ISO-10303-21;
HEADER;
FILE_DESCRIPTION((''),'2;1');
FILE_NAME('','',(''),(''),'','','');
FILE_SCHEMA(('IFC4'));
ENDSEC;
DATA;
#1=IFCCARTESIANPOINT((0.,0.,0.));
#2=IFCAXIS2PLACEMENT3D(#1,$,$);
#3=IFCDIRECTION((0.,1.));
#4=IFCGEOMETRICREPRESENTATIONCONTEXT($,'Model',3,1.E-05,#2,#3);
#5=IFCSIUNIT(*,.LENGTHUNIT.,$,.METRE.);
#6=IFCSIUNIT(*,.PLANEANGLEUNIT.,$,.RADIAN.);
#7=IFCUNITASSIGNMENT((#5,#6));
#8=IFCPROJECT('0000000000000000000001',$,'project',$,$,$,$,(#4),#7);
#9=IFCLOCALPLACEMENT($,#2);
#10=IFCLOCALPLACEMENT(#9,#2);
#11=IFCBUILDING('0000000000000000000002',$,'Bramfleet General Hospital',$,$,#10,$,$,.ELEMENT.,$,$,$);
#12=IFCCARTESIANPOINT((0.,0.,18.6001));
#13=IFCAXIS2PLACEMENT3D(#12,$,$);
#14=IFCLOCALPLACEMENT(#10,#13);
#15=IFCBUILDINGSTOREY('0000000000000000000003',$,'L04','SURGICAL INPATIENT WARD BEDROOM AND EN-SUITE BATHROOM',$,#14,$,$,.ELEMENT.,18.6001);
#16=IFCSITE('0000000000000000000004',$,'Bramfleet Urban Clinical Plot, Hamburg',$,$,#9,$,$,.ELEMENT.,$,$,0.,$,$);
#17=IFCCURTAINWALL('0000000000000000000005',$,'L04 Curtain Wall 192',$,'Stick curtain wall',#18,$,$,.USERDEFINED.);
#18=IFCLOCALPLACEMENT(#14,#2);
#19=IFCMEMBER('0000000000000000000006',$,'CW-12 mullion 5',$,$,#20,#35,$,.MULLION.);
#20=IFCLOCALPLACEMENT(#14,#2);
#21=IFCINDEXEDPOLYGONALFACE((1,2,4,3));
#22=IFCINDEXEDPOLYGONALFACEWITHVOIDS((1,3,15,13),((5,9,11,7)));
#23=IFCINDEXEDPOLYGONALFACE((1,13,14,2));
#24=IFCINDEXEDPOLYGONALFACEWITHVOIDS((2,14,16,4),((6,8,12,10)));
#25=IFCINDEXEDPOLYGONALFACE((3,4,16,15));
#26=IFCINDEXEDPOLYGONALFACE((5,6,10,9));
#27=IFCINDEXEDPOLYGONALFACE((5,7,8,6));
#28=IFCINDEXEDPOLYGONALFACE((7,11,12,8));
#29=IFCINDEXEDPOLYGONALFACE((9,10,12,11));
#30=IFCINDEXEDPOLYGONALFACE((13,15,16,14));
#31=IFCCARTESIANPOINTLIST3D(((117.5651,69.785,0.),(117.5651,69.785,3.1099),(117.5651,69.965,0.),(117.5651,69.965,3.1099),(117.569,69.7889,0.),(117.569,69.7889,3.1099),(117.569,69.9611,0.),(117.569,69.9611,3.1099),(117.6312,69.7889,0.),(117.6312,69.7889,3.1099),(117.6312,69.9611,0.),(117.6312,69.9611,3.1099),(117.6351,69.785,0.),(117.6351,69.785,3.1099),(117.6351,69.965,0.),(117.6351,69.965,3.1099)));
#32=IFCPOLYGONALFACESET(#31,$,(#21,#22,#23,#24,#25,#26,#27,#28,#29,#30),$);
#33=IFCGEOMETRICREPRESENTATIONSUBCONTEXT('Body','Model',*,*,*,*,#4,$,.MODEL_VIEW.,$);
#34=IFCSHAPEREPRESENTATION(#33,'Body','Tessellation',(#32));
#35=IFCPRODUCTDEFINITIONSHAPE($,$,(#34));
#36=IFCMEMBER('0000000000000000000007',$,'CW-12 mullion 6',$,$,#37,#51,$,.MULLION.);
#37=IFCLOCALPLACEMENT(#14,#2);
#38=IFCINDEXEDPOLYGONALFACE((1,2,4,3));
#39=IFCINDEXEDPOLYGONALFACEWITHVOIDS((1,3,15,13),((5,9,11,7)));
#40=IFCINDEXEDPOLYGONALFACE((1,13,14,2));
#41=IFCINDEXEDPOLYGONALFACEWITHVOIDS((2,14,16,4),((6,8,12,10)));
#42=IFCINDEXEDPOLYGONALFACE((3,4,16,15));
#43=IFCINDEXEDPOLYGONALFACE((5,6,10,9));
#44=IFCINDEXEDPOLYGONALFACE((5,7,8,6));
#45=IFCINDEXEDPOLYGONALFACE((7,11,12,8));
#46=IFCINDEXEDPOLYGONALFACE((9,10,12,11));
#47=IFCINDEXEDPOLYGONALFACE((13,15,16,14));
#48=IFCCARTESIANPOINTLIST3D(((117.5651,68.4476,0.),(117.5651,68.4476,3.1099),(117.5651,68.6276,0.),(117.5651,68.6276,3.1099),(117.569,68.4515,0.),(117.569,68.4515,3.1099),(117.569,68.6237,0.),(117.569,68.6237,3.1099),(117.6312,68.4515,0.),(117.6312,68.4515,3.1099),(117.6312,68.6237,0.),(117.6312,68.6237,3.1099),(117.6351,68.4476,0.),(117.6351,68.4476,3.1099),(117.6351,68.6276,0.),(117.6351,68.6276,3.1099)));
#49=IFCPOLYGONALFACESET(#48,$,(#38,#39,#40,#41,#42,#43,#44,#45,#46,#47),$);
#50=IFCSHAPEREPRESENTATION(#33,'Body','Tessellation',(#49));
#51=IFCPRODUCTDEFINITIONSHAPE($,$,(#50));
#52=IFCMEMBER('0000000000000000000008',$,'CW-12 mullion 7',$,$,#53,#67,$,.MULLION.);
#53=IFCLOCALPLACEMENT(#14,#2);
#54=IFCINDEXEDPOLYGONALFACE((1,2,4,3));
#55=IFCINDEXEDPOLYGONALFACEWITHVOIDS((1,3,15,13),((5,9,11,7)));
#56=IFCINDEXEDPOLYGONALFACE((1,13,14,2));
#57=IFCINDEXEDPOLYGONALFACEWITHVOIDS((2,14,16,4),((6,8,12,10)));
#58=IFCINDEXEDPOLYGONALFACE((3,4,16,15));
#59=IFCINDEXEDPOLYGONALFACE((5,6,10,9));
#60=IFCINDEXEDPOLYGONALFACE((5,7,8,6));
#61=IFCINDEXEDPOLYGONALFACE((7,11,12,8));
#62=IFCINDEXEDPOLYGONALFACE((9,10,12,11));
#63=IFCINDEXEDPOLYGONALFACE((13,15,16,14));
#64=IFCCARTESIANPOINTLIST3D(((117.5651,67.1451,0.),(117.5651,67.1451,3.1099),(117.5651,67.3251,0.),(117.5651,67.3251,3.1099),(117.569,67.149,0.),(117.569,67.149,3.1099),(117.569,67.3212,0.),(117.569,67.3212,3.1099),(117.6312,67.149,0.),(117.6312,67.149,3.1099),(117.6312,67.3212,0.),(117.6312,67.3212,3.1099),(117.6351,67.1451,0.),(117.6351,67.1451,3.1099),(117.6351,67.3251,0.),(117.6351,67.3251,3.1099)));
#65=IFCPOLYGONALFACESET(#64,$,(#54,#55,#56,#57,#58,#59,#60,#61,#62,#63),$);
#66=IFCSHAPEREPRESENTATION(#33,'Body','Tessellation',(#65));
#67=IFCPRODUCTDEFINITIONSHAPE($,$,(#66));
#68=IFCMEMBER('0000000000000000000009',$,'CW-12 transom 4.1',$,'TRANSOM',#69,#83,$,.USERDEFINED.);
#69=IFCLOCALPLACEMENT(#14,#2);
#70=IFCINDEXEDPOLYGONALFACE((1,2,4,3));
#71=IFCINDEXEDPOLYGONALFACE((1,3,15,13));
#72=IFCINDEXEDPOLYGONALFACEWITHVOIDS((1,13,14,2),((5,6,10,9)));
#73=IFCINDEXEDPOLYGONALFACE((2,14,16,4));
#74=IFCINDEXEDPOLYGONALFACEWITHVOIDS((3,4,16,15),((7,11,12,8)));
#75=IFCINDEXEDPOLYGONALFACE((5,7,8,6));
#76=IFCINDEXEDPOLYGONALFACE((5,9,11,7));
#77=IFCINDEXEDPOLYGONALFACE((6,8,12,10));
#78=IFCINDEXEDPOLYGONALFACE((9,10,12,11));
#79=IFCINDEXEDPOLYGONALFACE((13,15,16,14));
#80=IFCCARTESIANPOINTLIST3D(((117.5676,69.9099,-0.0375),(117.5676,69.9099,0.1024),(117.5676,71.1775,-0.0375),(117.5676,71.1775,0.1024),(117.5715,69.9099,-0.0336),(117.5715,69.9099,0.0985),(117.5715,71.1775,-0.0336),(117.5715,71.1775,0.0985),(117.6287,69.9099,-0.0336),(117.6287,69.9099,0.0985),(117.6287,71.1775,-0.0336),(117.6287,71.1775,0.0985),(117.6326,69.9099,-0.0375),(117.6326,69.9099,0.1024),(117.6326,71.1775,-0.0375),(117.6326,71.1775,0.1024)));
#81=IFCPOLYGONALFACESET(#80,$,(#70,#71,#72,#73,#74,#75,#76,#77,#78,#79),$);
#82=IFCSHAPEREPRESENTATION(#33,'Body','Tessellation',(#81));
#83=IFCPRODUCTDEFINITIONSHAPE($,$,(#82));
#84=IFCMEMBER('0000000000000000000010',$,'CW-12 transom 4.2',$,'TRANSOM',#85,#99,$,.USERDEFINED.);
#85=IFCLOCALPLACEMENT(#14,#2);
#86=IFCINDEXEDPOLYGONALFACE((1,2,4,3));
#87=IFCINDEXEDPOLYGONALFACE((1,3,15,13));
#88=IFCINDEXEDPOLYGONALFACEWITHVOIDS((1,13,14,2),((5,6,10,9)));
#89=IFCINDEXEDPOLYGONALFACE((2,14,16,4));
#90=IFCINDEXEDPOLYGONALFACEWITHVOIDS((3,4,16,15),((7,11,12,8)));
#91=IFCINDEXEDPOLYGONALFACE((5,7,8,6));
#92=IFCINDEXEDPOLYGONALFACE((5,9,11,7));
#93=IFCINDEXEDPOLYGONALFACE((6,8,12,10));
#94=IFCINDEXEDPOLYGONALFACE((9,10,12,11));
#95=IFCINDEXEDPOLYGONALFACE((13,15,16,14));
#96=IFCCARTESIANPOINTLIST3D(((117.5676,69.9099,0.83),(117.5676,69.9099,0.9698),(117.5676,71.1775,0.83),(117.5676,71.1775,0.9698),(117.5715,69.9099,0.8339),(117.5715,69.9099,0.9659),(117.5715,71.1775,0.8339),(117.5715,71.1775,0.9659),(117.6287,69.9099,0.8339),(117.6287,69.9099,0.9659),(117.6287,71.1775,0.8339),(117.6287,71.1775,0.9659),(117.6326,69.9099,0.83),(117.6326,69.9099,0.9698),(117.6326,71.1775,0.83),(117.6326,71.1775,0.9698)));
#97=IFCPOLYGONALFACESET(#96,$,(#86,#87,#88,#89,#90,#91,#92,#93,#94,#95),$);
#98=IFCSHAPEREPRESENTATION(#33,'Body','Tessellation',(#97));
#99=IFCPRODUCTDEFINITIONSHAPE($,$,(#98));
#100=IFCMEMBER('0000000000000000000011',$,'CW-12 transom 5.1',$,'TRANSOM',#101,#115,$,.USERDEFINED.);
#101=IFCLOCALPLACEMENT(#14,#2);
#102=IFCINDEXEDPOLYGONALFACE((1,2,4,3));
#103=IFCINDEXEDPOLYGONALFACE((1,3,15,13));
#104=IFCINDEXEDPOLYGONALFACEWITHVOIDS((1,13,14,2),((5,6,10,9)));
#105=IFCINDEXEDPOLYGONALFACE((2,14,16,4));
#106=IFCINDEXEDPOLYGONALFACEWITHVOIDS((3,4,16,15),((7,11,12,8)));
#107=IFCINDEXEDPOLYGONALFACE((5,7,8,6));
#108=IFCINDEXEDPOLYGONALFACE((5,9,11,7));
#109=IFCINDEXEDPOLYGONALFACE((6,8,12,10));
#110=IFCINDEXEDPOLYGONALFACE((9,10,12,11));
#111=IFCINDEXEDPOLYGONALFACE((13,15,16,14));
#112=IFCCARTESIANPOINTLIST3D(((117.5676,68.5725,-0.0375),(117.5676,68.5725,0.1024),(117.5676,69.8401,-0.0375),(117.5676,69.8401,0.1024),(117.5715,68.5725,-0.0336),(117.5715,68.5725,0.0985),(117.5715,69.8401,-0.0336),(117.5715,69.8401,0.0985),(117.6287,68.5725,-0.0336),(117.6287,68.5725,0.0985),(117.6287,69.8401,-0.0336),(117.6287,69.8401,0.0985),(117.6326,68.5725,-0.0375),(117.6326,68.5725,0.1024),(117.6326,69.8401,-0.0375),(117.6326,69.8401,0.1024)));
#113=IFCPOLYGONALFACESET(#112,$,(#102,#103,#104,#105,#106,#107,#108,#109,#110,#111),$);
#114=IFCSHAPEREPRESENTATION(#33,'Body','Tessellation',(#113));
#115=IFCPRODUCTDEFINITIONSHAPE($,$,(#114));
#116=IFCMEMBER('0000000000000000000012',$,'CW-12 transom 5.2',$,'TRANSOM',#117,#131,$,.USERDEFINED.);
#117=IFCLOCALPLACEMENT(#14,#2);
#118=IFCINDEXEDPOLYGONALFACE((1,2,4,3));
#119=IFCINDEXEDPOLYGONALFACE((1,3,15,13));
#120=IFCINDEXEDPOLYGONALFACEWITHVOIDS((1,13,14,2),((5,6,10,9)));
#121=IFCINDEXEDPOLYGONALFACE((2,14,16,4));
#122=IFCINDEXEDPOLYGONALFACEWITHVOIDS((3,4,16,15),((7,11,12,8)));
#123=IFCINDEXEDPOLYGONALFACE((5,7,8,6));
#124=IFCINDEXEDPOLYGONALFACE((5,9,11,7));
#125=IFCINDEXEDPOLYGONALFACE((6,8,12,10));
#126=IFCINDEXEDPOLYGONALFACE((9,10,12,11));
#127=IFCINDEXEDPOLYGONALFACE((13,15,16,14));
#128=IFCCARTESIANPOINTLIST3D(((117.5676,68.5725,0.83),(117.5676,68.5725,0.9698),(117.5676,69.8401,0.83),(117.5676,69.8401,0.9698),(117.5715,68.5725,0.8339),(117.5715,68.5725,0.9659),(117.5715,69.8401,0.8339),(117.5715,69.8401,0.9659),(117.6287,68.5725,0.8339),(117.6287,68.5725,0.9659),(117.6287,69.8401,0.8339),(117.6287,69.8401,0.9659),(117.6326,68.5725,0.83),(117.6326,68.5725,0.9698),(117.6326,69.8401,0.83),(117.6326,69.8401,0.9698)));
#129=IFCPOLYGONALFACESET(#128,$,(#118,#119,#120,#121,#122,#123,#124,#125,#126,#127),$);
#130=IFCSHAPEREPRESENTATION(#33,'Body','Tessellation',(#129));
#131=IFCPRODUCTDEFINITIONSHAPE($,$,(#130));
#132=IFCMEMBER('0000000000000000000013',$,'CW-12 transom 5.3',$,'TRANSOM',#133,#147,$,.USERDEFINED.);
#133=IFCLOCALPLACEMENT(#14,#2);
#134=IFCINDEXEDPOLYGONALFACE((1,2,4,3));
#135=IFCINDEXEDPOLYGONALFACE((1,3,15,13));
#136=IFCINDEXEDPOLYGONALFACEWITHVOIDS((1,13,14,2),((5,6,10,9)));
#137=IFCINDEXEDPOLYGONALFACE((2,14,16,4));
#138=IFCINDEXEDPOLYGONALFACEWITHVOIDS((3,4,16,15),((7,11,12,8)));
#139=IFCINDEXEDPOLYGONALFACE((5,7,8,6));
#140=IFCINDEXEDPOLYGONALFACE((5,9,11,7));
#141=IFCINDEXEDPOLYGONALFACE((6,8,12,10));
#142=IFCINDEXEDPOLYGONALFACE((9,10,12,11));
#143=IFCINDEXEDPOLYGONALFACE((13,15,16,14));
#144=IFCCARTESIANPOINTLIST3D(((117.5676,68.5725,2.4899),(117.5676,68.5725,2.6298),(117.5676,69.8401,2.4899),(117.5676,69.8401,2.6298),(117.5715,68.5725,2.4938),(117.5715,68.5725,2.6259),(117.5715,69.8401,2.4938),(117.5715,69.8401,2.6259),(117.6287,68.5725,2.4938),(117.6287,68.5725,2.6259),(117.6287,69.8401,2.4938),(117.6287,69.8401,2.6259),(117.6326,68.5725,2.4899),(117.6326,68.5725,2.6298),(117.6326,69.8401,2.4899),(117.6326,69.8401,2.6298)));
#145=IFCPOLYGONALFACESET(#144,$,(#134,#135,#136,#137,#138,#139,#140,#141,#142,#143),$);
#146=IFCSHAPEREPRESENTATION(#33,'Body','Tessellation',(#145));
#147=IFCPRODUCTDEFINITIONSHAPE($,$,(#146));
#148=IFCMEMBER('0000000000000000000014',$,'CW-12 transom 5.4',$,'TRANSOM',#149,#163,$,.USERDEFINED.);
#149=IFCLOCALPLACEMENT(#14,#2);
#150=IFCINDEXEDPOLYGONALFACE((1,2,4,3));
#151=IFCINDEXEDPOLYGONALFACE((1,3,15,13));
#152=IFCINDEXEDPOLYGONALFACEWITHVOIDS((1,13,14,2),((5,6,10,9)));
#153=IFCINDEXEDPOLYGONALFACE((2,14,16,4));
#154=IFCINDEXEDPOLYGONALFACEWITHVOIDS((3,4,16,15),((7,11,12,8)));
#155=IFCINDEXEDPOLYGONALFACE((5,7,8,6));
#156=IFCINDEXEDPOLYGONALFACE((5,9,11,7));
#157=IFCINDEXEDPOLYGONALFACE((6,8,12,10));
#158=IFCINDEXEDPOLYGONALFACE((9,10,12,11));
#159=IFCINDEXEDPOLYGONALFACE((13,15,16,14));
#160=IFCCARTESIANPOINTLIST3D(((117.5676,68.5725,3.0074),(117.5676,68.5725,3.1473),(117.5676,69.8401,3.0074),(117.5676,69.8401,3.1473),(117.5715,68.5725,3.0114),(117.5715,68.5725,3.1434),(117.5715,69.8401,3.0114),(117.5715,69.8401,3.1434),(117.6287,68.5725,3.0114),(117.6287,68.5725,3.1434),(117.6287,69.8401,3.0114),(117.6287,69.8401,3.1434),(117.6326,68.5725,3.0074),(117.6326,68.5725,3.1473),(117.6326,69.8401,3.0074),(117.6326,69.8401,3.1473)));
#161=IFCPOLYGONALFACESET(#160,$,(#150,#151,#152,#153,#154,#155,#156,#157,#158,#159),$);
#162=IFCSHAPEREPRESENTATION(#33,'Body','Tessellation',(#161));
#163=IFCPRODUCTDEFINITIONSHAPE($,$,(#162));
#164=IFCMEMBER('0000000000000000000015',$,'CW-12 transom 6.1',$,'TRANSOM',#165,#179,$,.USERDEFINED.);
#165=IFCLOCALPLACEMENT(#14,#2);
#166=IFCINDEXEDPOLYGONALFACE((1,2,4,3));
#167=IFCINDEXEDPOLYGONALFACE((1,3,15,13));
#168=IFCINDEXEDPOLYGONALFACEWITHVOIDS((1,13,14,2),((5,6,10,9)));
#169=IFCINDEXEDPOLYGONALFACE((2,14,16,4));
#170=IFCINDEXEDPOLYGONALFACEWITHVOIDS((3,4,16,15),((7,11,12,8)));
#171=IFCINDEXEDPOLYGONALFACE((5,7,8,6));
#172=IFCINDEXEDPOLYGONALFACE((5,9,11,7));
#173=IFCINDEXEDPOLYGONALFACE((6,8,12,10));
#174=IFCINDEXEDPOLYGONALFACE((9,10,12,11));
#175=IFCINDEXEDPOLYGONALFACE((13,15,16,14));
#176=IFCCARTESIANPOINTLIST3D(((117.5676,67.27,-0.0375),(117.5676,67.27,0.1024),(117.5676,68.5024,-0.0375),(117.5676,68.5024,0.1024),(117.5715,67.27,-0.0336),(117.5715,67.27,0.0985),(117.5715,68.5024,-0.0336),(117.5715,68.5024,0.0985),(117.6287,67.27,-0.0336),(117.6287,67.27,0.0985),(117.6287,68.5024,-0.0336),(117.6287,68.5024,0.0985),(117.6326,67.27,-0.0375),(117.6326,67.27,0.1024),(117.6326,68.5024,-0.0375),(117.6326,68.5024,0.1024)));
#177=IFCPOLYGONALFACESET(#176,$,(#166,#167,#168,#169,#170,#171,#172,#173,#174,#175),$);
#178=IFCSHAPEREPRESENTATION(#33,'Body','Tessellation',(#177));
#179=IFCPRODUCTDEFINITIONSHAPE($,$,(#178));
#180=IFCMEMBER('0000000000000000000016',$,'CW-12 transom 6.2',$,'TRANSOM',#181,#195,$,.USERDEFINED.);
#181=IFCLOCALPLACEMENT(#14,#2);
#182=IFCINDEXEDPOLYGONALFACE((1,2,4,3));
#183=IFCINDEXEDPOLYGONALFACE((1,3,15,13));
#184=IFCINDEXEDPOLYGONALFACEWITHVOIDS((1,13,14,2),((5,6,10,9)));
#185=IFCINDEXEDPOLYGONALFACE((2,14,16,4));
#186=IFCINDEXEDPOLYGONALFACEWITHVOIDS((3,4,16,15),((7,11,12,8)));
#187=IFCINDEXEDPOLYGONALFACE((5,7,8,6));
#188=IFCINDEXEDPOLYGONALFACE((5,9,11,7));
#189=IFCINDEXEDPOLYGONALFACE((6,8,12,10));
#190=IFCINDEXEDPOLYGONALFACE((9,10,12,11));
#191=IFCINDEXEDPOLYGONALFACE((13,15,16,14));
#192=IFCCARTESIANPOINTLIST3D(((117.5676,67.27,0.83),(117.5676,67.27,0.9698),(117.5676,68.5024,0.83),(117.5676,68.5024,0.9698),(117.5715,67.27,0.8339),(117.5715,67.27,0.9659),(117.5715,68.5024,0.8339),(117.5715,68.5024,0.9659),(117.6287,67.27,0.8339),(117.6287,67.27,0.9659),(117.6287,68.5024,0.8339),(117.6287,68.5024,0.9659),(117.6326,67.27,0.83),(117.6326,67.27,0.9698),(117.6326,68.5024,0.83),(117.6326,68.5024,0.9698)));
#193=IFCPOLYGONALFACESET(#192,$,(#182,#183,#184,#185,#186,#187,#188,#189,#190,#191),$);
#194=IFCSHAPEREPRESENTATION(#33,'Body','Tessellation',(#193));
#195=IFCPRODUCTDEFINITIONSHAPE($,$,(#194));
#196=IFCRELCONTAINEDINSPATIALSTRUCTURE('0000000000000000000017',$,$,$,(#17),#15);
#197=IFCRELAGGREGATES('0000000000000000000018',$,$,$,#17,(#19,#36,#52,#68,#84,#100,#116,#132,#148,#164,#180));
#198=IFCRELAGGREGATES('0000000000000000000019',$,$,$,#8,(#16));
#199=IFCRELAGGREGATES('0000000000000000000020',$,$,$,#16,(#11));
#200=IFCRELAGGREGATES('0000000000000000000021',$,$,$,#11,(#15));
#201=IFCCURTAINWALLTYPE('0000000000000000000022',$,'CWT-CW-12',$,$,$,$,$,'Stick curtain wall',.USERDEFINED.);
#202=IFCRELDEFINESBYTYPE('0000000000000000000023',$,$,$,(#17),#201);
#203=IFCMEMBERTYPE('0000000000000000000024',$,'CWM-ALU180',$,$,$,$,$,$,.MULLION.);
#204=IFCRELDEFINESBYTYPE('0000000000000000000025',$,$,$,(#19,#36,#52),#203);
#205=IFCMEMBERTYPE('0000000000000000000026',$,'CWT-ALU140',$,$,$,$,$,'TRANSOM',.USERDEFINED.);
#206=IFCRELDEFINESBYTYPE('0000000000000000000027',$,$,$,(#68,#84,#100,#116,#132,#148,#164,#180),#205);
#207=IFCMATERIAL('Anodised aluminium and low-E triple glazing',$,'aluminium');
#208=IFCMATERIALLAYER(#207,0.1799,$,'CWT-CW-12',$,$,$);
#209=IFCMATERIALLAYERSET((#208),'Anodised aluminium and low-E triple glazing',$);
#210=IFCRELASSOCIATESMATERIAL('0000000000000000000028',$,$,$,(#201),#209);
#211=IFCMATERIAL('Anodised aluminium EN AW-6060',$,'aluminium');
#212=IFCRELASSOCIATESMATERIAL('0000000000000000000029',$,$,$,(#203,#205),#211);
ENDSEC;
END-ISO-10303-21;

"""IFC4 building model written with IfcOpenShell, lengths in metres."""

from ifc_helpers import new_model, si_unit, direction, frame, origin, origin_2d, place, context, subcontext, project, spatial, hollow_rectangle, extrude, material, layer, layer_set, material_profile, profile_set, type_object, element, aggregate, save


model = new_model("IFC4")

# Units and contexts
model_context = context("Model", 3, precision=1e-05, world=origin(), true_north=direction((0.0, 1.0)))
body_context = subcontext(model_context, "Body", "Model", "MODEL_VIEW")
ifc_project = project(units=[si_unit("LENGTHUNIT", "METRE"), si_unit("PLANEANGLEUNIT", "RADIAN")], contexts=[model_context])

# Site, building, storey
site_placement = place(None, origin())
site = spatial("IfcSite", under=ifc_project, at=site_placement, Name="Bramfleet Urban Clinical Plot, Hamburg", CompositionType="ELEMENT", RefElevation=0.0)
building_placement = place(site_placement, origin())
building = spatial("IfcBuilding", under=site, at=building_placement, Name="Bramfleet General Hospital", CompositionType="ELEMENT")
storey_placement = place(building_placement, frame((0.0, 0.0, 18.6001)))
storey = spatial("IfcBuildingStorey", under=building, at=storey_placement, Name="L04", Description="SURGICAL INPATIENT WARD BEDROOM AND EN-SUITE BATHROOM", CompositionType="ELEMENT", Elevation=18.6001)

# Curtain wall, members
ifc_material_1 = material(Name="Anodised aluminium and low-E triple glazing", Category="aluminium")
ifc_layer_1 = layer(ifc_material_1, 0.1799, Name="CWT-CW-12")
ifc_layer_set_1 = layer_set([ifc_layer_1], Name="Anodised aluminium and low-E triple glazing")
curtain_wall_type = type_object("IfcCurtainWallType", Name="CWT-CW-12", ElementType="Stick curtain wall", PredefinedType="USERDEFINED", material=ifc_layer_set_1)
curtain_wall_placement = place(storey_placement, origin())
curtain_wall = element("IfcCurtainWall", 1, at=curtain_wall_placement, inside=storey, type_object=curtain_wall_type, Name="L04 Curtain Wall 192", ObjectType="Stick curtain wall", PredefinedType="USERDEFINED")
ifc_material_2 = material(Name="Anodised aluminium EN AW-6060", Category="aluminium")
ifc_material_profile_1 = material_profile(ifc_material_2, hollow_rectangle(XDim=0.0701, YDim=0.1799, WallThickness=0.0039, at=origin_2d()), Name="ALU 180x70x4.0")
ifc_profile_set_1 = profile_set([ifc_material_profile_1], Name="Anodised aluminium EN AW-6060")
member_type_1 = type_object("IfcMemberType", Name="CWM-ALU180", PredefinedType="MULLION", material=ifc_profile_set_1)
member_1_placement = place(storey_placement, frame((117.6001, 69.875, 0.0), z_axis=(0.0, 0.0, 1.0), x_axis=(1.0, 0.0, 0.0)))
member_1 = element("IfcMember", 2, at=member_1_placement, type_object=member_type_1, Name="CW-12 mullion 5", PredefinedType="MULLION", context=body_context, shape_type="SweptSolid", body=[
    extrude(hollow_rectangle(XDim=0.0701, YDim=0.1799, WallThickness=0.0039, at=origin_2d()), origin(), (0.0, 0.0, 1.0), 3.1099),
])
member_2_placement = place(storey_placement, frame((117.6001, 68.5376, 0.0), z_axis=(0.0, 0.0, 1.0), x_axis=(1.0, 0.0, 0.0)))
member_2 = element("IfcMember", 3, at=member_2_placement, type_object=member_type_1, Name="CW-12 mullion 6", PredefinedType="MULLION", context=body_context, shape_type="SweptSolid", body=[
    extrude(hollow_rectangle(XDim=0.0701, YDim=0.1799, WallThickness=0.0039, at=origin_2d()), origin(), (0.0, 0.0, 1.0), 3.1099),
])
member_3_placement = place(storey_placement, frame((117.6001, 67.2351, 0.0), z_axis=(0.0, 0.0, 1.0), x_axis=(1.0, 0.0, 0.0)))
member_3 = element("IfcMember", 4, at=member_3_placement, type_object=member_type_1, Name="CW-12 mullion 7", PredefinedType="MULLION", context=body_context, shape_type="SweptSolid", body=[
    extrude(hollow_rectangle(XDim=0.0701, YDim=0.1799, WallThickness=0.0039, at=origin_2d()), origin(), (0.0, 0.0, 1.0), 3.1099),
])
ifc_material_profile_2 = material_profile(ifc_material_2, hollow_rectangle(XDim=0.0649, YDim=0.1399, WallThickness=0.0039, at=origin_2d()), Name="ALU 140x65x4.0")
ifc_profile_set_2 = profile_set([ifc_material_profile_2], Name="Anodised aluminium EN AW-6060")
member_type_2 = type_object("IfcMemberType", Name="CWT-ALU140", ElementType="TRANSOM", PredefinedType="USERDEFINED", material=ifc_profile_set_2)
member_4_placement = place(storey_placement, frame((117.6001, 71.1775, 0.0325), z_axis=(0.0, -1.0, 0.0), x_axis=(1.0, 0.0, 0.0)))
member_4 = element("IfcMember", 5, at=member_4_placement, type_object=member_type_2, Name="CW-12 transom 4.1", ObjectType="TRANSOM", PredefinedType="USERDEFINED", context=body_context, shape_type="SweptSolid", body=[
    extrude(hollow_rectangle(XDim=0.0649, YDim=0.1399, WallThickness=0.0039, at=origin_2d()), origin(), (0.0, 0.0, 1.0), 1.2676),
])
member_5_placement = place(storey_placement, frame((117.6001, 71.1775, 0.8999), z_axis=(0.0, -1.0, 0.0), x_axis=(1.0, 0.0, 0.0)))
member_5 = element("IfcMember", 6, at=member_5_placement, type_object=member_type_2, Name="CW-12 transom 4.2", ObjectType="TRANSOM", PredefinedType="USERDEFINED", context=body_context, shape_type="SweptSolid", body=[
    extrude(hollow_rectangle(XDim=0.0649, YDim=0.1399, WallThickness=0.0039, at=origin_2d()), origin(), (0.0, 0.0, 1.0), 1.2676),
])
member_6_placement = place(storey_placement, frame((117.6001, 69.8401, 0.0325), z_axis=(0.0, -1.0, 0.0), x_axis=(1.0, 0.0, 0.0)))
member_6 = element("IfcMember", 7, at=member_6_placement, type_object=member_type_2, Name="CW-12 transom 5.1", ObjectType="TRANSOM", PredefinedType="USERDEFINED", context=body_context, shape_type="SweptSolid", body=[
    extrude(hollow_rectangle(XDim=0.0649, YDim=0.1399, WallThickness=0.0039, at=origin_2d()), origin(), (0.0, 0.0, 1.0), 1.2676),
])
member_7_placement = place(storey_placement, frame((117.6001, 69.8401, 0.8999), z_axis=(0.0, -1.0, 0.0), x_axis=(1.0, 0.0, 0.0)))
member_7 = element("IfcMember", 8, at=member_7_placement, type_object=member_type_2, Name="CW-12 transom 5.2", ObjectType="TRANSOM", PredefinedType="USERDEFINED", context=body_context, shape_type="SweptSolid", body=[
    extrude(hollow_rectangle(XDim=0.0649, YDim=0.1399, WallThickness=0.0039, at=origin_2d()), origin(), (0.0, 0.0, 1.0), 1.2676),
])
member_8_placement = place(storey_placement, frame((117.6001, 69.8401, 2.5598), z_axis=(0.0, -1.0, 0.0), x_axis=(1.0, 0.0, 0.0)))
member_8 = element("IfcMember", 9, at=member_8_placement, type_object=member_type_2, Name="CW-12 transom 5.3", ObjectType="TRANSOM", PredefinedType="USERDEFINED", context=body_context, shape_type="SweptSolid", body=[
    extrude(hollow_rectangle(XDim=0.0649, YDim=0.1399, WallThickness=0.0039, at=origin_2d()), origin(), (0.0, 0.0, 1.0), 1.2676),
])
member_9_placement = place(storey_placement, frame((117.6001, 69.8401, 3.0774), z_axis=(0.0, -1.0, 0.0), x_axis=(1.0, 0.0, 0.0)))
member_9 = element("IfcMember", 10, at=member_9_placement, type_object=member_type_2, Name="CW-12 transom 5.4", ObjectType="TRANSOM", PredefinedType="USERDEFINED", context=body_context, shape_type="SweptSolid", body=[
    extrude(hollow_rectangle(XDim=0.0649, YDim=0.1399, WallThickness=0.0039, at=origin_2d()), origin(), (0.0, 0.0, 1.0), 1.2676),
])
member_10_placement = place(storey_placement, frame((117.6001, 68.5024, 0.0325), z_axis=(0.0, -1.0, 0.0), x_axis=(1.0, 0.0, 0.0)))
member_10 = element("IfcMember", 11, at=member_10_placement, type_object=member_type_2, Name="CW-12 transom 6.1", ObjectType="TRANSOM", PredefinedType="USERDEFINED", context=body_context, shape_type="SweptSolid", body=[
    extrude(hollow_rectangle(XDim=0.0649, YDim=0.1399, WallThickness=0.0039, at=origin_2d()), origin(), (0.0, 0.0, 1.0), 1.2324),
])
member_11_placement = place(storey_placement, frame((117.6001, 68.5024, 0.8999), z_axis=(0.0, -1.0, 0.0), x_axis=(1.0, 0.0, 0.0)))
member_11 = element("IfcMember", 12, at=member_11_placement, type_object=member_type_2, Name="CW-12 transom 6.2", ObjectType="TRANSOM", PredefinedType="USERDEFINED", context=body_context, shape_type="SweptSolid", body=[
    extrude(hollow_rectangle(XDim=0.0649, YDim=0.1399, WallThickness=0.0039, at=origin_2d()), origin(), (0.0, 0.0, 1.0), 1.2324),
])
aggregate(curtain_wall, [member_1, member_2, member_3, member_4, member_5, member_6, member_7, member_8, member_9, member_10, member_11])

save(model, "model.ifc")
